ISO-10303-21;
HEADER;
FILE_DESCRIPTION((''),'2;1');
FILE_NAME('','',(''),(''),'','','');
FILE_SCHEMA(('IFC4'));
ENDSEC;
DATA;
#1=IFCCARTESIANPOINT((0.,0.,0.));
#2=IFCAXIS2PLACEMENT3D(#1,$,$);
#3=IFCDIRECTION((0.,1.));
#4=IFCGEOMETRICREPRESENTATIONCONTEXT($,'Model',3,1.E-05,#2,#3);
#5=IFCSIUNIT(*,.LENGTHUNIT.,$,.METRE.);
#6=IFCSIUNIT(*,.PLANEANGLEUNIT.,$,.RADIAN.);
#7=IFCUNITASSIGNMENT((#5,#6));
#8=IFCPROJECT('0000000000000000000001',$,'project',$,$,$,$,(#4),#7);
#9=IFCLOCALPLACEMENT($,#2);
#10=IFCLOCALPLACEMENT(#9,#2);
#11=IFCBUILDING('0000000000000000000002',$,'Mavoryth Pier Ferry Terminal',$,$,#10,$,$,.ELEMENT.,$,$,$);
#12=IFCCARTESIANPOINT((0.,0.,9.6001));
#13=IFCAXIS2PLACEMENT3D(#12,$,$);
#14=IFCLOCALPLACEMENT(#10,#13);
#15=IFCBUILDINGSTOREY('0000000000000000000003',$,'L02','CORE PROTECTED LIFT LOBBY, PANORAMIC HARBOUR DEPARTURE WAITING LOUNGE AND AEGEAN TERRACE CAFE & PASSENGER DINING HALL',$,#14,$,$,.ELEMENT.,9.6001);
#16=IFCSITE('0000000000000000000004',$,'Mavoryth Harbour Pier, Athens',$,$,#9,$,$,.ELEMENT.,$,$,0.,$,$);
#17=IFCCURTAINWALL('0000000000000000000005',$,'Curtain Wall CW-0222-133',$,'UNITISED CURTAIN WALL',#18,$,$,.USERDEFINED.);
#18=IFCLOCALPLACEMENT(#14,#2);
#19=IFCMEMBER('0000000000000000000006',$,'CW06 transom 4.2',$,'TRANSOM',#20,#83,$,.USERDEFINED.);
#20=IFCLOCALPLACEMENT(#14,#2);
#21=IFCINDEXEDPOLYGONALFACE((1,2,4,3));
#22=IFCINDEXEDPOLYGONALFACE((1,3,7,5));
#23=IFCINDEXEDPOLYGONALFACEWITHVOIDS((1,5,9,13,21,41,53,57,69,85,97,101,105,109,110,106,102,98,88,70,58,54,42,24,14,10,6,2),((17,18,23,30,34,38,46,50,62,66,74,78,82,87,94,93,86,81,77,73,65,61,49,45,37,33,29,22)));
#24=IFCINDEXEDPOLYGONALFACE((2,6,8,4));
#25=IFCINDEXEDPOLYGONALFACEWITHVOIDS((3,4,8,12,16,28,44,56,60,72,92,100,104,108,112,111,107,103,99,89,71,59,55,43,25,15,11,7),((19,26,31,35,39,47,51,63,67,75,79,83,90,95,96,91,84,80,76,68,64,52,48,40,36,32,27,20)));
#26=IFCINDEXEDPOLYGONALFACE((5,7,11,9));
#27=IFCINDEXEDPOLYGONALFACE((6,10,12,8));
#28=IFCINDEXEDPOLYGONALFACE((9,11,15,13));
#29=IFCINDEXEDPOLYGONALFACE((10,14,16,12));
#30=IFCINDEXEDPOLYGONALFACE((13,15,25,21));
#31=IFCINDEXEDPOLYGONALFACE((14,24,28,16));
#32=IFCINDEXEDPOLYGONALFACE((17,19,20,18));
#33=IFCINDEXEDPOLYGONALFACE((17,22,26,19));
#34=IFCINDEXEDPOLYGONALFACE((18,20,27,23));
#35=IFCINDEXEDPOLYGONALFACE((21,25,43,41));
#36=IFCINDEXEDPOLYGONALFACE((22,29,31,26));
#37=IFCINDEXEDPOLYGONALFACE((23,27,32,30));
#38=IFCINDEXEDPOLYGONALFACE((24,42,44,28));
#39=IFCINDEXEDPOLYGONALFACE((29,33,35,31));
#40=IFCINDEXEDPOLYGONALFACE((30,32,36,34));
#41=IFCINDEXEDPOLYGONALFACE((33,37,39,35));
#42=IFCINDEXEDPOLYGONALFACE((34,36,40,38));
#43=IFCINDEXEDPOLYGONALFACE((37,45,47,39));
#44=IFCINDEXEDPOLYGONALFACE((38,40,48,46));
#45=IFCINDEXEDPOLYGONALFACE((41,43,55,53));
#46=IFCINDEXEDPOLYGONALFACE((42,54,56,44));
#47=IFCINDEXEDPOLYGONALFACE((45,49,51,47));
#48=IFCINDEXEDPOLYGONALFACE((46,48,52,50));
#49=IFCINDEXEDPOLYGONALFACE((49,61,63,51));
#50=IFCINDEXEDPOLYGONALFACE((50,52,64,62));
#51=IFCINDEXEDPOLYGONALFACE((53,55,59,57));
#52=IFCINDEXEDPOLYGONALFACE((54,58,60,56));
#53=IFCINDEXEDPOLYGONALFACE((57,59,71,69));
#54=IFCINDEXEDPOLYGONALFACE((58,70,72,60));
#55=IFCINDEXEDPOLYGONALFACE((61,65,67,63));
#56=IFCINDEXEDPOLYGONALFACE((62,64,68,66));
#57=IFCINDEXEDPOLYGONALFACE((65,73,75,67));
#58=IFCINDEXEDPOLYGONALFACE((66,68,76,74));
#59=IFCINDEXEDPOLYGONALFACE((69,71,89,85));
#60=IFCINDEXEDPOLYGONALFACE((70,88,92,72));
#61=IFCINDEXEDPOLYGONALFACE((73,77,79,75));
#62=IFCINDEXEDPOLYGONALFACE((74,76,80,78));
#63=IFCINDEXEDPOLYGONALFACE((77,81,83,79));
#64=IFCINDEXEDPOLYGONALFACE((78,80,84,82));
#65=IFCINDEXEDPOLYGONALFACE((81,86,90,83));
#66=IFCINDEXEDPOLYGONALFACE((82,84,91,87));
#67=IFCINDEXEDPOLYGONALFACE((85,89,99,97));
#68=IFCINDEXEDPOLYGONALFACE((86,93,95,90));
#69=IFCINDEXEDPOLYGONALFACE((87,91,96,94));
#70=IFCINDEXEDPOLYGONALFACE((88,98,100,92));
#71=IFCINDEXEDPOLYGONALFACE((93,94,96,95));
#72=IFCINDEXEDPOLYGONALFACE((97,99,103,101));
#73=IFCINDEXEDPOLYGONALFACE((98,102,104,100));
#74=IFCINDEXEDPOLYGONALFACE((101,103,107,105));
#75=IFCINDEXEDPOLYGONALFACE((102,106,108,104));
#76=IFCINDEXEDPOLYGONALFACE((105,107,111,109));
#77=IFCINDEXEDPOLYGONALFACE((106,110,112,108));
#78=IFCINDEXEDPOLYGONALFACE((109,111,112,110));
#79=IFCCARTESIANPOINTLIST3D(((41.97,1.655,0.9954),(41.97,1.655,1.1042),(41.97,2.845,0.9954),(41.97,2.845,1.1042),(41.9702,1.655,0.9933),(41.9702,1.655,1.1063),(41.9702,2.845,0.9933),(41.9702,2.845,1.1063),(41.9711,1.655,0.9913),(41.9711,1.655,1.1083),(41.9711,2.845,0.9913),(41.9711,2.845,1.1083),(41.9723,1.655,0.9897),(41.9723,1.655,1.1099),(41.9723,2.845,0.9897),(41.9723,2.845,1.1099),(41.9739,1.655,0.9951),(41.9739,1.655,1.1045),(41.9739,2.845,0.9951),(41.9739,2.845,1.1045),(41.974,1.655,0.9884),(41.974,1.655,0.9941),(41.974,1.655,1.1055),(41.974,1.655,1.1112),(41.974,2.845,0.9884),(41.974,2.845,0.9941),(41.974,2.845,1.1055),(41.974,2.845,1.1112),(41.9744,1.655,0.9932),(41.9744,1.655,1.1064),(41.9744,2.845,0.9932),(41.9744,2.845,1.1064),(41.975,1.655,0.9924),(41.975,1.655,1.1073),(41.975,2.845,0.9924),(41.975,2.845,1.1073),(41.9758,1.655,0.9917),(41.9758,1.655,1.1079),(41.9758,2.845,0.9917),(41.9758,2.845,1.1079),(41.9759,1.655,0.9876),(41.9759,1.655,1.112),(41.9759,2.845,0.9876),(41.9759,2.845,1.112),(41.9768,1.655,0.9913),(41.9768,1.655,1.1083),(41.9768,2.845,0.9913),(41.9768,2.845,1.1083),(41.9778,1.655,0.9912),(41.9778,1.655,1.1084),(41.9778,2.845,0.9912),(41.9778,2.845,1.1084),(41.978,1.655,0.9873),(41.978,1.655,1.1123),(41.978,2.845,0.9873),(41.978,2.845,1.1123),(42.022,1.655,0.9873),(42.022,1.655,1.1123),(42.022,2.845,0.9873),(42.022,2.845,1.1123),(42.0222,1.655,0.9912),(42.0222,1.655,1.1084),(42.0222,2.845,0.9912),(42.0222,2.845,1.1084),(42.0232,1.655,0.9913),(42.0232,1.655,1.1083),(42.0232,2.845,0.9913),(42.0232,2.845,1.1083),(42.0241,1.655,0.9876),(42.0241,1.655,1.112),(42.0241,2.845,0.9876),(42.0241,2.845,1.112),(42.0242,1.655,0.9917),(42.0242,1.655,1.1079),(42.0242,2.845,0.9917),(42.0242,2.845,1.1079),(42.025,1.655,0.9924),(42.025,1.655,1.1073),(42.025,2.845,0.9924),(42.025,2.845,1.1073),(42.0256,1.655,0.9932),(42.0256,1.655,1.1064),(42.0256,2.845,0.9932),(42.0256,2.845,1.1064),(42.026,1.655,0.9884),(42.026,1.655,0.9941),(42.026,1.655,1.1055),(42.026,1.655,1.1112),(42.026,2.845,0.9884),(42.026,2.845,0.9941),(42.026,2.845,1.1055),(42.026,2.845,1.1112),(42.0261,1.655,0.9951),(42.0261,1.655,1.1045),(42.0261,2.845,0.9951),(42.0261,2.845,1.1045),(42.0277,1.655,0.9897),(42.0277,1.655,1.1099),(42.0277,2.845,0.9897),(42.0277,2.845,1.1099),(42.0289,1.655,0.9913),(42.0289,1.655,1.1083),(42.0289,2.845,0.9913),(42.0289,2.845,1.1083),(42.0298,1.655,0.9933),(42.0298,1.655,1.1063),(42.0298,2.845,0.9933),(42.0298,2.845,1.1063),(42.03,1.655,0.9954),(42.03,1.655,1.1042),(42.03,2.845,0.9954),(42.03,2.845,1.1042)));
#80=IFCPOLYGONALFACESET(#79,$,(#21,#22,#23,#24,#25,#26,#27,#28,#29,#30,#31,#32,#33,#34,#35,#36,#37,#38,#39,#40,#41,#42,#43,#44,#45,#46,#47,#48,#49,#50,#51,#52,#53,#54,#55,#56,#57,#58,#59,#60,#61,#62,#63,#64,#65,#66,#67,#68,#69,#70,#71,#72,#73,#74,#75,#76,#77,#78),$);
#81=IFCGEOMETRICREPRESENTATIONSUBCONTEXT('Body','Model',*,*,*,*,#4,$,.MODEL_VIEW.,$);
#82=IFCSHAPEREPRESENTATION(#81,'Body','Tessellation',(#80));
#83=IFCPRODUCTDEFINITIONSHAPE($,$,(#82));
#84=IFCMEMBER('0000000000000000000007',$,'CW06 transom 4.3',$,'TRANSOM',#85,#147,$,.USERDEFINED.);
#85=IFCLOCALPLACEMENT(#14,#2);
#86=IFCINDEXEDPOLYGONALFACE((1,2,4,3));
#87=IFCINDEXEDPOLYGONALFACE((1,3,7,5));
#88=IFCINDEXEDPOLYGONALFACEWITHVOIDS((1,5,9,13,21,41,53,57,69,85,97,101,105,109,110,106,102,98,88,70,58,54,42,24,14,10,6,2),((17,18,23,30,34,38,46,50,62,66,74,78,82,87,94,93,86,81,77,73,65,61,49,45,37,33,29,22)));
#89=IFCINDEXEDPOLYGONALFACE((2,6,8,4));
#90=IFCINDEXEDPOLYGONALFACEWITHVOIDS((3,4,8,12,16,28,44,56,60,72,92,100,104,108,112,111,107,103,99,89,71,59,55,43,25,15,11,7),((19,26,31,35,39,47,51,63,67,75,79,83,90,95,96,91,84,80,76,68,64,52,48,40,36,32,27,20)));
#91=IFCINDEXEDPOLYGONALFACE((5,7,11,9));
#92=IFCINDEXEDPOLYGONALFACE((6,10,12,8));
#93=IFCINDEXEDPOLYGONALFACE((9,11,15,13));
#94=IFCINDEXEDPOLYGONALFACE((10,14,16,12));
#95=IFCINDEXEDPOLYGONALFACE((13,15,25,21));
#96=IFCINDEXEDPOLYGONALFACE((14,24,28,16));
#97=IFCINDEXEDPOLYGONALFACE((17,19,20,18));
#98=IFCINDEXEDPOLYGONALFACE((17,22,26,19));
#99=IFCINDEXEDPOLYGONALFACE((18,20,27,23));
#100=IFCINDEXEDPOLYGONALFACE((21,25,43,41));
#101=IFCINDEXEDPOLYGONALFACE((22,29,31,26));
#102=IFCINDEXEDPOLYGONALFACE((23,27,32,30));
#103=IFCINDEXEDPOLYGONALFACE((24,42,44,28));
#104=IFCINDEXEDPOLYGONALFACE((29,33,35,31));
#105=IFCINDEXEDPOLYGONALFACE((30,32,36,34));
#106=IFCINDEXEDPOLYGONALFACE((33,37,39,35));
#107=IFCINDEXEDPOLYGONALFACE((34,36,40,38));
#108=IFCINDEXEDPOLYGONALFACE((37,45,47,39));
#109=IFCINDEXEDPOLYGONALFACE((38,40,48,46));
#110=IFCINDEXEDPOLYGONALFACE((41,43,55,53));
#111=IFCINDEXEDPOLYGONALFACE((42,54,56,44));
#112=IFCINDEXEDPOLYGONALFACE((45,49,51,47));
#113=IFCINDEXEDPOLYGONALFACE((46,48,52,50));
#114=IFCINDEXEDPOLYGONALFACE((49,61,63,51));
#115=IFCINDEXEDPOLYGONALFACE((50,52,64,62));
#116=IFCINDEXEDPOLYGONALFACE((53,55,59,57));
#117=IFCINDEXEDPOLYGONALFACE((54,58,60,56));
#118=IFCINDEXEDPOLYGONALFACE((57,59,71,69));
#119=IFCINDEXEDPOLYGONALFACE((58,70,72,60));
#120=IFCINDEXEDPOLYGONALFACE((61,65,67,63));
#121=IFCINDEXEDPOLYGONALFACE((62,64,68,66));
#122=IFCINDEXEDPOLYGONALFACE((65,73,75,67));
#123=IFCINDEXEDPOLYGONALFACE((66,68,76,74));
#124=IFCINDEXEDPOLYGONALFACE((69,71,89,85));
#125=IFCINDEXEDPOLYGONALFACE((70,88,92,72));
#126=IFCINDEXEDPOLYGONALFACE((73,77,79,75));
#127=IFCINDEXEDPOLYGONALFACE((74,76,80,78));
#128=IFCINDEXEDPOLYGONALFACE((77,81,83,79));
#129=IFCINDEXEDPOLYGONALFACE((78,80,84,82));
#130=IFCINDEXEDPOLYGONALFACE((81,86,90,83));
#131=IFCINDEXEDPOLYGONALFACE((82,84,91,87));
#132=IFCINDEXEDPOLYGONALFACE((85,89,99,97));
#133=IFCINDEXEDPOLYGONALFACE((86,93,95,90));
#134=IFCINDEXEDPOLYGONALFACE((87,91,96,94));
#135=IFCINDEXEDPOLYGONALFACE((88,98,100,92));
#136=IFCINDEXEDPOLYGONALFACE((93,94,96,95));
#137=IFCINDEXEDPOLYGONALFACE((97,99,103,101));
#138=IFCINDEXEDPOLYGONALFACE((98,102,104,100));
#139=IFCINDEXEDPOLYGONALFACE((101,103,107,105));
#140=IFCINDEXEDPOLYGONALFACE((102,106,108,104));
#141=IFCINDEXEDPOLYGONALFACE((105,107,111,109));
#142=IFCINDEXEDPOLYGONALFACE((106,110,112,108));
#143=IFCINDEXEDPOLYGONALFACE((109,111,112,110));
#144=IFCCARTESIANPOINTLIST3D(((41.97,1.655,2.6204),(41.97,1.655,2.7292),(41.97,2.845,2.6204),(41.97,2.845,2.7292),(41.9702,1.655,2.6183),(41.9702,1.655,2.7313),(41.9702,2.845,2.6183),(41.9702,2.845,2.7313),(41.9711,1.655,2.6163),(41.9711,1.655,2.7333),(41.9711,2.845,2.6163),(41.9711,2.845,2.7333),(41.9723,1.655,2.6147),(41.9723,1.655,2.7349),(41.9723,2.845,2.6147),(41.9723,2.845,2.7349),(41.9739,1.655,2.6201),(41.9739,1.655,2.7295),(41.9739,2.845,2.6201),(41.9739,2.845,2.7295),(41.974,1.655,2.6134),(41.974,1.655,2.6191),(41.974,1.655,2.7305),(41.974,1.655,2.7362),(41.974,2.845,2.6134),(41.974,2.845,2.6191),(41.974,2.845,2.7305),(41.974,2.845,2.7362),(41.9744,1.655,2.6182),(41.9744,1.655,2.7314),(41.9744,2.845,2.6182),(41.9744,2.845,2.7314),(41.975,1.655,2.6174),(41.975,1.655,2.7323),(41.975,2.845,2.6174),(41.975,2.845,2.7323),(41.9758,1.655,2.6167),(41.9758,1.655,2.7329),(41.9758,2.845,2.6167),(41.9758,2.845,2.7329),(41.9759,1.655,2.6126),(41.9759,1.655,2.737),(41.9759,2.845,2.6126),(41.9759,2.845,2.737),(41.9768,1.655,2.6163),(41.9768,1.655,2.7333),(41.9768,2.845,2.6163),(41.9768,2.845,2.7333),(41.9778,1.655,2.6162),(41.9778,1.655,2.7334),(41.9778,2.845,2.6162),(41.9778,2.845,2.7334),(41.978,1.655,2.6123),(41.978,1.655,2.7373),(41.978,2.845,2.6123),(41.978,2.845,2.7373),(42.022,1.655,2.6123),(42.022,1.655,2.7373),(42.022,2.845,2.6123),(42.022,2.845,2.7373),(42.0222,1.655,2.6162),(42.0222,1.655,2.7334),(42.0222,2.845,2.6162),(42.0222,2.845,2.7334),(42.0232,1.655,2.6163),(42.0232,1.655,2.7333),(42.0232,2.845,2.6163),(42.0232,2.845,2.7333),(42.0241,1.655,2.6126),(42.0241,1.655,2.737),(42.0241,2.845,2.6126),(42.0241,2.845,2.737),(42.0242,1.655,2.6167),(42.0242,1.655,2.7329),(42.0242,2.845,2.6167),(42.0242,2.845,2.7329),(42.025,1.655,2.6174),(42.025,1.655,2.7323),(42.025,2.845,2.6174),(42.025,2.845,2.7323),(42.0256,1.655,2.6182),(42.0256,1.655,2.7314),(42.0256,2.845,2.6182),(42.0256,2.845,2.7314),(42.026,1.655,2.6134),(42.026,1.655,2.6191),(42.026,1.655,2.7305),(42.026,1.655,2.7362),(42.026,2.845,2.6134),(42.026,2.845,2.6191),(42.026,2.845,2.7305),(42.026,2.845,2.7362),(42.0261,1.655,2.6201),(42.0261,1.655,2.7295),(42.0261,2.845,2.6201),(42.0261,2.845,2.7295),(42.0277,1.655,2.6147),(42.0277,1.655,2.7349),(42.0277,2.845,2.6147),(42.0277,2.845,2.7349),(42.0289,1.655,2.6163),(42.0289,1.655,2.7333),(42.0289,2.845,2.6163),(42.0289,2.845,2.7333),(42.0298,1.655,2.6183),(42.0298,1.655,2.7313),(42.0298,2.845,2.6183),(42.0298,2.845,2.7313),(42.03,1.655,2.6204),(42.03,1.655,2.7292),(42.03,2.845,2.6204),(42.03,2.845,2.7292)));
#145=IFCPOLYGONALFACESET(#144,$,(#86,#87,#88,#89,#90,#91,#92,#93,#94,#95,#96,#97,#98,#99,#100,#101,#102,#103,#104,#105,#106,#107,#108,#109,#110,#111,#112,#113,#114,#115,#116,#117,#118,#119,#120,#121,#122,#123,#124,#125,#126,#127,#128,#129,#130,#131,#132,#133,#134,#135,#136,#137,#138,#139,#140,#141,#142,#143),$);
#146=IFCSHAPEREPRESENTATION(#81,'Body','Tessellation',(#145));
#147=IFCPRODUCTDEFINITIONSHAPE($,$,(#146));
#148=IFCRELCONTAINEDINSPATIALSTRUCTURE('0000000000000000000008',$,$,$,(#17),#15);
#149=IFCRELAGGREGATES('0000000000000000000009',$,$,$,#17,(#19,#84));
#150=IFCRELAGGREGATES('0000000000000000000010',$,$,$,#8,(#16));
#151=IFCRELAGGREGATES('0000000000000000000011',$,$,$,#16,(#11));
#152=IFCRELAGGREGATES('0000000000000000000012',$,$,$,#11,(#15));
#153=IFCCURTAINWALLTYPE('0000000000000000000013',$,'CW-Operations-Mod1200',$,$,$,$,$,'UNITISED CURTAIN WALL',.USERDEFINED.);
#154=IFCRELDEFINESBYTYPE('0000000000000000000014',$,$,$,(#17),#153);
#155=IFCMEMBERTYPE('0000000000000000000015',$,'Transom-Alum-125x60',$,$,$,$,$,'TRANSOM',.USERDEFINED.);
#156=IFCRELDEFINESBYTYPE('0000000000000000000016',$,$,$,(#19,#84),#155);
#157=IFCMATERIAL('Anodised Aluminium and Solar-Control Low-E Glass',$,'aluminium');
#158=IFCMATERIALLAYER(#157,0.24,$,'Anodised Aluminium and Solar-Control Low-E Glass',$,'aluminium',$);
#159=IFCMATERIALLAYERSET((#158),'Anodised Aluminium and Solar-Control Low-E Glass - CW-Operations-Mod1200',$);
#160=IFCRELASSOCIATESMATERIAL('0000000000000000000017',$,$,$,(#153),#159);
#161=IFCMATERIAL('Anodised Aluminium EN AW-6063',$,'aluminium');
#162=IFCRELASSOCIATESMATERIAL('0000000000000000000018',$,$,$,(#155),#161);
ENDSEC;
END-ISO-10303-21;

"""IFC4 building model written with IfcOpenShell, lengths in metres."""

from ifc_helpers import new_model, si_unit, direction, frame, origin, origin_2d, place, context, subcontext, project, spatial, hollow_rectangle, extrude, material, layer, layer_set, material_profile, profile_set, type_object, element, aggregate, save


model = new_model("IFC4")

# Units and contexts
model_context = context("Model", 3, precision=1e-05, world=origin(), true_north=direction((0.0, 1.0)))
body_context = subcontext(model_context, "Body", "Model", "MODEL_VIEW")
ifc_project = project(units=[si_unit("LENGTHUNIT", "METRE"), si_unit("PLANEANGLEUNIT", "RADIAN")], contexts=[model_context])

# Site, building, storey
site_placement = place(None, origin())
site = spatial("IfcSite", under=ifc_project, at=site_placement, Name="Mavoryth Harbour Pier, Athens", CompositionType="ELEMENT", RefElevation=0.0)
building_placement = place(site_placement, origin())
building = spatial("IfcBuilding", under=site, at=building_placement, Name="Mavoryth Pier Ferry Terminal", CompositionType="ELEMENT")
storey_placement = place(building_placement, frame((0.0, 0.0, 9.6001)))
storey = spatial("IfcBuildingStorey", under=building, at=storey_placement, Name="L02", Description="CORE PROTECTED LIFT LOBBY, PANORAMIC HARBOUR DEPARTURE WAITING LOUNGE AND AEGEAN TERRACE CAFE & PASSENGER DINING HALL", CompositionType="ELEMENT", Elevation=9.6001)

# Curtain wall
ifc_material_1 = material(Name="Anodised Aluminium and Solar-Control Low-E Glass", Category="aluminium")
ifc_layer_1 = layer(ifc_material_1, 0.24, Name="Anodised Aluminium and Solar-Control Low-E Glass", Category="aluminium")
ifc_layer_set_1 = layer_set([ifc_layer_1], Name="Anodised Aluminium and Solar-Control Low-E Glass - CW-Operations-Mod1200")
curtain_wall_type = type_object("IfcCurtainWallType", Name="CW-Operations-Mod1200", ElementType="UNITISED CURTAIN WALL", PredefinedType="USERDEFINED", material=ifc_layer_set_1)
curtain_wall_placement = place(storey_placement, origin())
curtain_wall = element("IfcCurtainWall", 1, at=curtain_wall_placement, inside=storey, type_object=curtain_wall_type, Name="Curtain Wall CW-0222-133", ObjectType="UNITISED CURTAIN WALL", PredefinedType="USERDEFINED")
ifc_material_2 = material(Name="Anodised Aluminium EN AW-6063", Category="aluminium")

# Members
ifc_material_profile_1 = material_profile(ifc_material_2, hollow_rectangle(XDim=0.0601, YDim=0.125, WallThickness=0.0039, InnerFilletRadius=0.0039, OuterFilletRadius=0.0081, at=origin_2d()), Name="AL-TRAN 125x60x4", Category="aluminium")
ifc_profile_set_1 = profile_set([ifc_material_profile_1], Name="Anodised Aluminium EN AW-6063 - AL-TRAN 125x60x4")
member_type_1 = type_object("IfcMemberType", Name="Transom-Alum-125x60", ElementType="TRANSOM", PredefinedType="USERDEFINED", material=ifc_profile_set_1)
member_1_placement = place(storey_placement, frame((42.0, 2.845, 1.0498), z_axis=(0.0, -1.0, 0.0), x_axis=(1.0, 0.0, 0.0)))
member_1 = element("IfcMember", 2, at=member_1_placement, type_object=member_type_1, Name="CW06 transom 4.2", ObjectType="TRANSOM", PredefinedType="USERDEFINED", context=body_context, shape_type="SweptSolid", body=[
    extrude(hollow_rectangle(XDim=0.0601, YDim=0.125, WallThickness=0.0039, InnerFilletRadius=0.0039, OuterFilletRadius=0.0081, at=origin_2d()), origin(), (0.0, 0.0, 1.0), 1.1899),
])
member_2_placement = place(storey_placement, frame((42.0, 2.845, 2.6748), z_axis=(0.0, -1.0, 0.0), x_axis=(1.0, 0.0, 0.0)))
member_2 = element("IfcMember", 3, at=member_2_placement, type_object=member_type_1, Name="CW06 transom 4.3", ObjectType="TRANSOM", PredefinedType="USERDEFINED", context=body_context, shape_type="SweptSolid", body=[
    extrude(hollow_rectangle(XDim=0.0601, YDim=0.125, WallThickness=0.0039, InnerFilletRadius=0.0039, OuterFilletRadius=0.0081, at=origin_2d()), origin(), (0.0, 0.0, 1.0), 1.1899),
])

aggregate(curtain_wall, [member_1, member_2])

save(model, "model.ifc")
